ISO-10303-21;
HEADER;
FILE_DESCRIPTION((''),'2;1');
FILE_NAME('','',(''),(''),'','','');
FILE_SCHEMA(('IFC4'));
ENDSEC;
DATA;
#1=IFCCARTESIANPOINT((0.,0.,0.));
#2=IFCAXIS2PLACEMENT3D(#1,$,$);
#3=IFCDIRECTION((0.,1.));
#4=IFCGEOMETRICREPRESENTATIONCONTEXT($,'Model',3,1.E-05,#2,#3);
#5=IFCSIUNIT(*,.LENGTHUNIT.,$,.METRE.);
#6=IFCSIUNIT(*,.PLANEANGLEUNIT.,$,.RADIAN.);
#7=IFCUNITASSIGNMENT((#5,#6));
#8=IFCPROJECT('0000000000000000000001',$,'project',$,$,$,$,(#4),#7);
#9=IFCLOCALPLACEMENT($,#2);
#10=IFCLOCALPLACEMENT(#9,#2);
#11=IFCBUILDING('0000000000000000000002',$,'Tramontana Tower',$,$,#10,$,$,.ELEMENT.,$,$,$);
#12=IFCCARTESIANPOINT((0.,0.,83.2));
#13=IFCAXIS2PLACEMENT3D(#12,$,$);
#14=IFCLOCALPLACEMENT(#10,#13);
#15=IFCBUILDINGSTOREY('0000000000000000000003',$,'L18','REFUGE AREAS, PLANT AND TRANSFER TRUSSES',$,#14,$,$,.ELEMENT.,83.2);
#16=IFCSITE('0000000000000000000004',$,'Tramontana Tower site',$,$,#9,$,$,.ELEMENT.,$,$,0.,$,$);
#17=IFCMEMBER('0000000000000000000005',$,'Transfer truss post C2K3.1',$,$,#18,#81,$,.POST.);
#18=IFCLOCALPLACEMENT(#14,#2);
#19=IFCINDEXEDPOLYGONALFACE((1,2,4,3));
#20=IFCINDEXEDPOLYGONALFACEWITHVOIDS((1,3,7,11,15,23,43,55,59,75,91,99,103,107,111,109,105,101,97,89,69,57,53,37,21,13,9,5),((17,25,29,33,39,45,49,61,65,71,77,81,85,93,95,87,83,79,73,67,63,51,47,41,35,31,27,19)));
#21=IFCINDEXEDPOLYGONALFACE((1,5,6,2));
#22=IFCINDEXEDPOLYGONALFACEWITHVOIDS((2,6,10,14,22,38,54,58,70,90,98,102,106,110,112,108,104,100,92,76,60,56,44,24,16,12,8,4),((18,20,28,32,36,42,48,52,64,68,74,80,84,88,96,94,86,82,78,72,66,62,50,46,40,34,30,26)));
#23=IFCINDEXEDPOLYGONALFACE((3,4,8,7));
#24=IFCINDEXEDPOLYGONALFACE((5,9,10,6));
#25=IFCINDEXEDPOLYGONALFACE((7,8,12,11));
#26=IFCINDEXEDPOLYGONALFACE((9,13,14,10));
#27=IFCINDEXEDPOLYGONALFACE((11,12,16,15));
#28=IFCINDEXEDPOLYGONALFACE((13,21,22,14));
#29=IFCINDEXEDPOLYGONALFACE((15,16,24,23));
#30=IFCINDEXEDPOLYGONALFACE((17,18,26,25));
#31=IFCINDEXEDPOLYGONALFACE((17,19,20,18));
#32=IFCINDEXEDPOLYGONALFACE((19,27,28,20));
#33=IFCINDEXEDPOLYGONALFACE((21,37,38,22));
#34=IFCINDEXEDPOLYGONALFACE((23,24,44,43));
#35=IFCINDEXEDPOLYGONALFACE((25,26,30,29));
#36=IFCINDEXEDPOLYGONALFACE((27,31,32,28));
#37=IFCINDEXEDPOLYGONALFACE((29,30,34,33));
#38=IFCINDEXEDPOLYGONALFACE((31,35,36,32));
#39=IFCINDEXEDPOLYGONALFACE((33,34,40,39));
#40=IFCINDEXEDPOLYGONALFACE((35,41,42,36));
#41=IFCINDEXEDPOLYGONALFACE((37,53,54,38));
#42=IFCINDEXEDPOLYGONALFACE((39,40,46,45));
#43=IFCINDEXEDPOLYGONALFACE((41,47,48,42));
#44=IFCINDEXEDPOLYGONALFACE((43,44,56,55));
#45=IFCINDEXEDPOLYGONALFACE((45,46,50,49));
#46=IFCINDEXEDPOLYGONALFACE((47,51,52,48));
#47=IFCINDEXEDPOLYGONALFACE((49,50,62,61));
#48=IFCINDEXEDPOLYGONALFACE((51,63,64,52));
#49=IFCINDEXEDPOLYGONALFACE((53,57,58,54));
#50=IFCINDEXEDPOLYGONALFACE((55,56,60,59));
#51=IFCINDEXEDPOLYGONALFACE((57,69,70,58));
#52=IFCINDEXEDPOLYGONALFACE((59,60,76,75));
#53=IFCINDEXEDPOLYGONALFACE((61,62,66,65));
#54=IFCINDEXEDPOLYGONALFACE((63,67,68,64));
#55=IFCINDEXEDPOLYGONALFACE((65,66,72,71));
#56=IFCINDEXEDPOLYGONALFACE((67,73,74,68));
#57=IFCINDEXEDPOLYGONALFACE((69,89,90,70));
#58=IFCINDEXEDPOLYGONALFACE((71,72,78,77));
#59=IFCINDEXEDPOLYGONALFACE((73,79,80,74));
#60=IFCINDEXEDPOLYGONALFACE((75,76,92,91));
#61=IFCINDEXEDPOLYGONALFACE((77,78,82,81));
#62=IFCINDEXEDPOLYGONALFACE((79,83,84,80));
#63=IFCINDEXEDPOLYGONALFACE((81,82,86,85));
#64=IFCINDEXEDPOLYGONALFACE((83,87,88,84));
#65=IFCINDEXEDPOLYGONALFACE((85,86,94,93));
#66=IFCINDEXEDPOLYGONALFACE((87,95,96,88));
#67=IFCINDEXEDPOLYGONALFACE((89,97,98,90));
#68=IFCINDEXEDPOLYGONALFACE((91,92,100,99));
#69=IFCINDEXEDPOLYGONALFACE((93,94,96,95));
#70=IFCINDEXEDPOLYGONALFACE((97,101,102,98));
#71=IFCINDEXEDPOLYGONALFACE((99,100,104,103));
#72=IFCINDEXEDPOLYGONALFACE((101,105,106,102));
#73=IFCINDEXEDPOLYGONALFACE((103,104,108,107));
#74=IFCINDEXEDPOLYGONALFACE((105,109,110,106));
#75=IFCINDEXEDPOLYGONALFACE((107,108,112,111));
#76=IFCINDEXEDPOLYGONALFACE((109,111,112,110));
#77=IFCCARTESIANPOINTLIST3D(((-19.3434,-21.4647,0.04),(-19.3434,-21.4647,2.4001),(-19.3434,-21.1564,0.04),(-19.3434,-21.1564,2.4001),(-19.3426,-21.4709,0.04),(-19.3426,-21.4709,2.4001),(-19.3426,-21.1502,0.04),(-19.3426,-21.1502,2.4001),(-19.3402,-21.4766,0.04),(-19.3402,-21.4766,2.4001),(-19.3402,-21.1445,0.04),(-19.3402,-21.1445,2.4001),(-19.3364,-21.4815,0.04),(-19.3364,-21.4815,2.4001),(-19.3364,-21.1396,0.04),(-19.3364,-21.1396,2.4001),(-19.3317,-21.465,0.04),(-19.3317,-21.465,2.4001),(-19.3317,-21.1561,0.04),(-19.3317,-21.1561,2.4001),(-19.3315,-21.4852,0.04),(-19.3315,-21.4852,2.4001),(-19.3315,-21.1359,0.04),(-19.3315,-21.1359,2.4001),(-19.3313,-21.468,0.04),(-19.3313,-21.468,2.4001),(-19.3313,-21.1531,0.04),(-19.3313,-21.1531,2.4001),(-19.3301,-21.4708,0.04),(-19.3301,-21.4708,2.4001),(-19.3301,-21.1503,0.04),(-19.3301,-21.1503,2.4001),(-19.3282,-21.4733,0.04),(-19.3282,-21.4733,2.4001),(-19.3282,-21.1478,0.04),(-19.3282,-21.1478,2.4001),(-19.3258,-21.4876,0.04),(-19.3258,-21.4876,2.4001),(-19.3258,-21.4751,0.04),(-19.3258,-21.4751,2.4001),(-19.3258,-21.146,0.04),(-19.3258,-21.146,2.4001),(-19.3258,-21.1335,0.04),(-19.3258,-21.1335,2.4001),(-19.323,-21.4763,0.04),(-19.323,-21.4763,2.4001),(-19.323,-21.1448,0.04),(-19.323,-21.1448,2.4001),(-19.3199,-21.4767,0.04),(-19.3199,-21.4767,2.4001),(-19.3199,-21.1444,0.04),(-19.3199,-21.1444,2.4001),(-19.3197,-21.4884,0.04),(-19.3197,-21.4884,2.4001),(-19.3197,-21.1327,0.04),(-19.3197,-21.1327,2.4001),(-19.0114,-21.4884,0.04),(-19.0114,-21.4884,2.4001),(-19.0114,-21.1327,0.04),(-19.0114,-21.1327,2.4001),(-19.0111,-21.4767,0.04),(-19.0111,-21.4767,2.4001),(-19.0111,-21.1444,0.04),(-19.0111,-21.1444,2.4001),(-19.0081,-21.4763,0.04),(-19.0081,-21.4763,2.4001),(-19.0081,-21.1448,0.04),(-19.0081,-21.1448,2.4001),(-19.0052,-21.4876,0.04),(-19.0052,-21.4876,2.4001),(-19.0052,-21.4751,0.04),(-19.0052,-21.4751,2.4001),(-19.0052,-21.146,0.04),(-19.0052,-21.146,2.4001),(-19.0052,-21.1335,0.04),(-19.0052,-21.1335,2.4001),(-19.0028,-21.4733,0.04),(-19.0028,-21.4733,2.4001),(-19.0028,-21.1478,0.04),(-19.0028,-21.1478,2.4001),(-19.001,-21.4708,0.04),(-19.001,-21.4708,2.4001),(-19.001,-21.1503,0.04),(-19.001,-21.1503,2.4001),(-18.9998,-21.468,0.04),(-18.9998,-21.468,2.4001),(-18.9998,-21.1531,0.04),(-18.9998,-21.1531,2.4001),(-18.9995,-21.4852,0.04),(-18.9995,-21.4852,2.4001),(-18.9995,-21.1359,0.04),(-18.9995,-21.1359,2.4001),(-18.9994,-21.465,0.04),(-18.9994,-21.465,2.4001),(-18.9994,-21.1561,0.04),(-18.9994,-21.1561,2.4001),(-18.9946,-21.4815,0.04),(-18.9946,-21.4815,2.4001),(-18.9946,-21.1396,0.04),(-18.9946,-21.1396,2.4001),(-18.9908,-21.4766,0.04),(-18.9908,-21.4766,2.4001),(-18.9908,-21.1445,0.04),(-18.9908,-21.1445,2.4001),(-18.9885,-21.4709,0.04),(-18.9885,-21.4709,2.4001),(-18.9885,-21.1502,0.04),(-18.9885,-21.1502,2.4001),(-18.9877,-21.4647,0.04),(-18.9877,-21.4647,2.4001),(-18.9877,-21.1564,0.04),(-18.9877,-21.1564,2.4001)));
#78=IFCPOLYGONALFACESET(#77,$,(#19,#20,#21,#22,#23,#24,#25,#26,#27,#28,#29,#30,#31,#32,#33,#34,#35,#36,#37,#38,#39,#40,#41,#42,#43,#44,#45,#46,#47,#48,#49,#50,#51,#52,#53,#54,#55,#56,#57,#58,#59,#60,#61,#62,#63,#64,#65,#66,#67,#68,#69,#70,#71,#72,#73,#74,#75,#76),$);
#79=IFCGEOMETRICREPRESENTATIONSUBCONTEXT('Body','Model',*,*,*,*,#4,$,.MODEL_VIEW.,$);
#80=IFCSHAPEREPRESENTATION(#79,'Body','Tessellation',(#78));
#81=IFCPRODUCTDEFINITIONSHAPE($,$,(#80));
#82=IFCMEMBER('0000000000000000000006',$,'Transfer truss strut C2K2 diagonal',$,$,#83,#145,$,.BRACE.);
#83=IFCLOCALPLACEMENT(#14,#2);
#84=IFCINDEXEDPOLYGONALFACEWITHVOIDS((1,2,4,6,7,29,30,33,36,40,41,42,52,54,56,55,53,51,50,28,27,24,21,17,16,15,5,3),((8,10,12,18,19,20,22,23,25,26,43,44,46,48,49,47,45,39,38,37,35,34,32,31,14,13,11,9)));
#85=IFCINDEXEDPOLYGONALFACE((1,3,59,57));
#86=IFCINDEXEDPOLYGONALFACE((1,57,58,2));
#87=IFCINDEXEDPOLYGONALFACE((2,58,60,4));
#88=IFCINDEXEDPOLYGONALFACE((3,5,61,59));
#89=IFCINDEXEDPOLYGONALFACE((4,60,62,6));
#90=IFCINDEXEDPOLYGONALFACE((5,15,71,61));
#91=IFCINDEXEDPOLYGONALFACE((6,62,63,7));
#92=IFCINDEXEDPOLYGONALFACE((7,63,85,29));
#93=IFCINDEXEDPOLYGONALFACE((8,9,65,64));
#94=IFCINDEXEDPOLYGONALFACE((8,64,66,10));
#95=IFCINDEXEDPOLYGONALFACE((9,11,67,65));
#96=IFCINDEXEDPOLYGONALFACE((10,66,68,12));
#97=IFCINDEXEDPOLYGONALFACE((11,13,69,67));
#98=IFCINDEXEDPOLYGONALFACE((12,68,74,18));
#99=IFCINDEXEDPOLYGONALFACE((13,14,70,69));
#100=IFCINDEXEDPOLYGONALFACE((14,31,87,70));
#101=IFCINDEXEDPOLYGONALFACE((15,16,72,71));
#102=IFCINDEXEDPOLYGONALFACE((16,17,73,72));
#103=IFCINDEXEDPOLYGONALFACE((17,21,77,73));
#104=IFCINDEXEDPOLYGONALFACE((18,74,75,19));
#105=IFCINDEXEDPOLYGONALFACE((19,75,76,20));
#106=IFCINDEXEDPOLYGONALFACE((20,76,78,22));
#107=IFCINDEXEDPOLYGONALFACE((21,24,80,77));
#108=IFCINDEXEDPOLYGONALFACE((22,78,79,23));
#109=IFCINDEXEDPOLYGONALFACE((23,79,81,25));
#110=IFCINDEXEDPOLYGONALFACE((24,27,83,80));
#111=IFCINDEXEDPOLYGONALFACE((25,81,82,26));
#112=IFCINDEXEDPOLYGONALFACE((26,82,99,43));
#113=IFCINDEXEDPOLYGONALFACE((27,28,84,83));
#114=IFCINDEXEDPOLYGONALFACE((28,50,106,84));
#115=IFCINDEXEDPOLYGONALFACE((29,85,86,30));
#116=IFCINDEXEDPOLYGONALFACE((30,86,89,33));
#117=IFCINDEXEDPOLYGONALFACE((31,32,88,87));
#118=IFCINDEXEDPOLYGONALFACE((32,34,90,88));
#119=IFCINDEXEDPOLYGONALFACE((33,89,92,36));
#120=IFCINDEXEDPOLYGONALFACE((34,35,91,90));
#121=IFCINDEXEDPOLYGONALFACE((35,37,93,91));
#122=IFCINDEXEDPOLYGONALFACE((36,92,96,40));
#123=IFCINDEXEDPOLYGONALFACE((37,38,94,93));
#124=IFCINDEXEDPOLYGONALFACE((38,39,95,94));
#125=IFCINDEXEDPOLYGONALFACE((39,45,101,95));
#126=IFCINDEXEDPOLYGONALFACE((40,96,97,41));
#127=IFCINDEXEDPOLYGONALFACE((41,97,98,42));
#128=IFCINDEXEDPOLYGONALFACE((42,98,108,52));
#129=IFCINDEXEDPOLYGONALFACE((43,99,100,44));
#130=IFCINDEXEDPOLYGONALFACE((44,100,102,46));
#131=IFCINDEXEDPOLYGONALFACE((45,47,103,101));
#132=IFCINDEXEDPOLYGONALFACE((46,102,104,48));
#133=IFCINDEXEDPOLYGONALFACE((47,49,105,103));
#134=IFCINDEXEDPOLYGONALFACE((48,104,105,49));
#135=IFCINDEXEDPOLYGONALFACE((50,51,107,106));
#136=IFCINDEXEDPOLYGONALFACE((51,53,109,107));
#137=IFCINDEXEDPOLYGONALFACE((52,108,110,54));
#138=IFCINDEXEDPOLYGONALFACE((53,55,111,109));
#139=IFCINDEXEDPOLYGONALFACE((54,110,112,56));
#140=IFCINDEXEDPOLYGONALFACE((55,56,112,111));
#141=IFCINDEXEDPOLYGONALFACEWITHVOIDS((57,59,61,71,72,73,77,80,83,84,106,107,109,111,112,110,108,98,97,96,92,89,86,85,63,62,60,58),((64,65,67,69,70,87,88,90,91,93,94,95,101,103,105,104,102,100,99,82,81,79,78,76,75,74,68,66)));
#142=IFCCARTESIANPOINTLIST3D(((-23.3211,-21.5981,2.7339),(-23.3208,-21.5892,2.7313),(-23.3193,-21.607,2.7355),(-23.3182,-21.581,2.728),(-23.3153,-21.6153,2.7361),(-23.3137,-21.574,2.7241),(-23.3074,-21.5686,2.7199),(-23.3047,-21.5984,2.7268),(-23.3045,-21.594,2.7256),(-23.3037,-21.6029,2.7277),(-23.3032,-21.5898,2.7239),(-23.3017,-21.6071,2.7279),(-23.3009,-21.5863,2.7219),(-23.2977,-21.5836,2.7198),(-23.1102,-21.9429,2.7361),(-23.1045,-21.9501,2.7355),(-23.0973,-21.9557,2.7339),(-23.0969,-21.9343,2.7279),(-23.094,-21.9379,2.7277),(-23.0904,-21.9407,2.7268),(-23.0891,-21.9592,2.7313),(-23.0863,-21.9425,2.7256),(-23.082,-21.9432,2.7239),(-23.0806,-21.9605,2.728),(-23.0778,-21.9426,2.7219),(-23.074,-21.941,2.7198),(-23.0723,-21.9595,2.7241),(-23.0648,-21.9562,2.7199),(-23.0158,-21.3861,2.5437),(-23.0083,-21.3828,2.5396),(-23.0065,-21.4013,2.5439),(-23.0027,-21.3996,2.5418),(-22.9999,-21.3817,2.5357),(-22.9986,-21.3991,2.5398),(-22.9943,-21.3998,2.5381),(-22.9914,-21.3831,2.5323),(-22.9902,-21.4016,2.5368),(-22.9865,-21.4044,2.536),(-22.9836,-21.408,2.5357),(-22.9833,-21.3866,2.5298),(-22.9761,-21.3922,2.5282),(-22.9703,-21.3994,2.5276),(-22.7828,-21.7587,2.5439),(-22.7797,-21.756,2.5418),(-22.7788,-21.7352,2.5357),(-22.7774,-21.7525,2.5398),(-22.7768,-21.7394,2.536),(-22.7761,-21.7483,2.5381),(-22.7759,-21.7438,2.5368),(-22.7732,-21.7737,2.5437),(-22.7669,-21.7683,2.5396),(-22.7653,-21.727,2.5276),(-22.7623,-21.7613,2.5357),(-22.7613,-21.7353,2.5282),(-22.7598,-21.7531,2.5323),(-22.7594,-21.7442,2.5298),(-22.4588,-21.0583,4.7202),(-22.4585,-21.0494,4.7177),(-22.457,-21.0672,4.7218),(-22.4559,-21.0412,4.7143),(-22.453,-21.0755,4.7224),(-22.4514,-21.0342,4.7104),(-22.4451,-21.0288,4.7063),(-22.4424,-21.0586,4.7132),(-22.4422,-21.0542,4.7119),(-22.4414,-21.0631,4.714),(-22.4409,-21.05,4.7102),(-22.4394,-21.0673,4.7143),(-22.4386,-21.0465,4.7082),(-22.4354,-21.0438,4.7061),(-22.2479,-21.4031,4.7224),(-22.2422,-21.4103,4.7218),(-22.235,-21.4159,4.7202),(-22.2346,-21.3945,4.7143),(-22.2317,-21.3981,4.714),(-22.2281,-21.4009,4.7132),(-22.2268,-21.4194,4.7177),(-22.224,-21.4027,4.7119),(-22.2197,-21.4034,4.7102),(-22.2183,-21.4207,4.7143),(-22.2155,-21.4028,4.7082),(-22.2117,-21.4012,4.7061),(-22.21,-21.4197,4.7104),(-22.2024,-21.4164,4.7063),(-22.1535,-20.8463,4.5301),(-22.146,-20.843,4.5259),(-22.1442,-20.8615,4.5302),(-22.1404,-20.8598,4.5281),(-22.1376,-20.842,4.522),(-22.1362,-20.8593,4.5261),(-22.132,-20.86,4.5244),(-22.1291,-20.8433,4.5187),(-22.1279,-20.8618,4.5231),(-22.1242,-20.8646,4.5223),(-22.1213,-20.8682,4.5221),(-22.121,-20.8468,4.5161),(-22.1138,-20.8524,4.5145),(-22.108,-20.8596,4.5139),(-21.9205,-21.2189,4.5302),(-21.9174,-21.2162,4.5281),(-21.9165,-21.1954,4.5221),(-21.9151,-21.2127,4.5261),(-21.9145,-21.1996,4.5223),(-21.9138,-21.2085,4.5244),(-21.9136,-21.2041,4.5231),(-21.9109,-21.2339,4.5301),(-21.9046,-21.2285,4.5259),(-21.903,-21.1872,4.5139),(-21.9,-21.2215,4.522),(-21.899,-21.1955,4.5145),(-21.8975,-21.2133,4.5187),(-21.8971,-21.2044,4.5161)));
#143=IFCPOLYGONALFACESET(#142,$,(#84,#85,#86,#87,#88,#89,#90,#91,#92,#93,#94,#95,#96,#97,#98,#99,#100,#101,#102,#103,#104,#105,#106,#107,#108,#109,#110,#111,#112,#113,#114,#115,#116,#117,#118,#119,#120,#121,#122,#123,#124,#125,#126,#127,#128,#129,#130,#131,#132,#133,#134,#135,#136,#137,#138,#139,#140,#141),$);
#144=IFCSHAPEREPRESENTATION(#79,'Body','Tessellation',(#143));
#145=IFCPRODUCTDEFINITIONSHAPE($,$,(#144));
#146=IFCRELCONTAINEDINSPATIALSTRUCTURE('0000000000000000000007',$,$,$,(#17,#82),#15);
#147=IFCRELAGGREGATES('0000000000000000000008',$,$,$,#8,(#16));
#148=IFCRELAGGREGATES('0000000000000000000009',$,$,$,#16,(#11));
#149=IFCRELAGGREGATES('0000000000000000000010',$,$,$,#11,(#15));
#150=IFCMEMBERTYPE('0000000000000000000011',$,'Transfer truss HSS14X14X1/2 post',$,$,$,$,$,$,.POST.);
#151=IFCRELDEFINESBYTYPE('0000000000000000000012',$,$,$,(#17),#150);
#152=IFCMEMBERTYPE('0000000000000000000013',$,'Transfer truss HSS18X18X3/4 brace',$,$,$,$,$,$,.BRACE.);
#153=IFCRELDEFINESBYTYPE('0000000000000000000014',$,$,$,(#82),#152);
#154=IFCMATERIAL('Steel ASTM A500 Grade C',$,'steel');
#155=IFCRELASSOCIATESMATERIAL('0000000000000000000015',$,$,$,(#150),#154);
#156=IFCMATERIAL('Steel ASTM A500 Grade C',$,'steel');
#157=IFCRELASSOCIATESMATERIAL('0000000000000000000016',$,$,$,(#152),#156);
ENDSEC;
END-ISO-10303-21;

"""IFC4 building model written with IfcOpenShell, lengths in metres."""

from ifc_helpers import new_model, si_unit, direction, frame, origin, origin_2d, place, context, subcontext, project, spatial, hollow_rectangle, extrude, material, material_profile, profile_set, type_object, element, save


model = new_model("IFC4")

# Units and contexts
model_context = context("Model", 3, precision=1e-05, world=origin(), true_north=direction((0.0, 1.0)))
body_context = subcontext(model_context, "Body", "Model", "MODEL_VIEW")
ifc_project = project(units=[si_unit("LENGTHUNIT", "METRE"), si_unit("PLANEANGLEUNIT", "RADIAN")], contexts=[model_context])

# Site, building, storey
site_placement = place(None, origin())
site = spatial("IfcSite", under=ifc_project, at=site_placement, Name="Tramontana Tower site", CompositionType="ELEMENT", RefElevation=0.0)
building_placement = place(site_placement, origin())
building = spatial("IfcBuilding", under=site, at=building_placement, Name="Tramontana Tower", CompositionType="ELEMENT")
storey_placement = place(building_placement, frame((0.0, 0.0, 83.2)))
storey = spatial("IfcBuildingStorey", under=building, at=storey_placement, Name="L18", Description="REFUGE AREAS, PLANT AND TRANSFER TRUSSES", CompositionType="ELEMENT", Elevation=83.2)

# Members
ifc_material_1 = material(Name="Steel ASTM A500 Grade C", Category="steel")
ifc_material_profile_1 = material_profile(ifc_material_1, hollow_rectangle(XDim=0.3557, YDim=0.3557, WallThickness=0.0117, InnerFilletRadius=0.0117, OuterFilletRadius=0.0237, at=origin_2d()), Name="HSS14X14X1/2")
ifc_profile_set_1 = profile_set([ifc_material_profile_1], Name="Steel ASTM A500 Grade C")
member_type_1 = type_object("IfcMemberType", Name="Transfer truss HSS14X14X1/2 post", PredefinedType="POST", material=ifc_profile_set_1)
member_1_placement = place(storey_placement, frame((-19.1655, -21.3105, 0.04), z_axis=(0.0, 0.0, 1.0), x_axis=(1.0, 0.0, 0.0)))
element("IfcMember", 1, at=member_1_placement, inside=storey, type_object=member_type_1, Name="Transfer truss post C2K3.1", PredefinedType="POST", context=body_context, shape_type="SweptSolid", body=[
    extrude(hollow_rectangle(XDim=0.3557, YDim=0.3557, WallThickness=0.0117, InnerFilletRadius=0.0117, OuterFilletRadius=0.0237, at=origin_2d()), origin(), (0.0, 0.0, 1.0), 2.3601),
])
ifc_material_2 = material(Name="Steel ASTM A500 Grade C", Category="steel")
ifc_material_profile_2 = material_profile(ifc_material_2, hollow_rectangle(XDim=0.4573, YDim=0.4573, WallThickness=0.0178, InnerFilletRadius=0.0178, OuterFilletRadius=0.0354, at=origin_2d()), Name="HSS18X18X3/4")
ifc_profile_set_2 = profile_set([ifc_material_profile_2], Name="Steel ASTM A500 Grade C")
member_type_2 = type_object("IfcMemberType", Name="Transfer truss HSS18X18X3/4 brace", PredefinedType="BRACE", material=ifc_profile_set_2)
member_2_placement = place(storey_placement, frame((-23.0403, -21.6711, 2.6318), z_axis=(0.386391, 0.241877, 0.890055), x_axis=(-0.530603, 0.847621, 0.0)))
element("IfcMember", 2, at=member_2_placement, inside=storey, type_object=member_type_2, Name="Transfer truss strut C2K2 diagonal", PredefinedType="BRACE", context=body_context, shape_type="SweptSolid", body=[
    extrude(hollow_rectangle(XDim=0.4573, YDim=0.4573, WallThickness=0.0178, InnerFilletRadius=0.0178, OuterFilletRadius=0.0354, at=origin_2d()), origin(), (0.0, 0.0, 1.0), 2.2317),
])

save(model, "model.ifc")
